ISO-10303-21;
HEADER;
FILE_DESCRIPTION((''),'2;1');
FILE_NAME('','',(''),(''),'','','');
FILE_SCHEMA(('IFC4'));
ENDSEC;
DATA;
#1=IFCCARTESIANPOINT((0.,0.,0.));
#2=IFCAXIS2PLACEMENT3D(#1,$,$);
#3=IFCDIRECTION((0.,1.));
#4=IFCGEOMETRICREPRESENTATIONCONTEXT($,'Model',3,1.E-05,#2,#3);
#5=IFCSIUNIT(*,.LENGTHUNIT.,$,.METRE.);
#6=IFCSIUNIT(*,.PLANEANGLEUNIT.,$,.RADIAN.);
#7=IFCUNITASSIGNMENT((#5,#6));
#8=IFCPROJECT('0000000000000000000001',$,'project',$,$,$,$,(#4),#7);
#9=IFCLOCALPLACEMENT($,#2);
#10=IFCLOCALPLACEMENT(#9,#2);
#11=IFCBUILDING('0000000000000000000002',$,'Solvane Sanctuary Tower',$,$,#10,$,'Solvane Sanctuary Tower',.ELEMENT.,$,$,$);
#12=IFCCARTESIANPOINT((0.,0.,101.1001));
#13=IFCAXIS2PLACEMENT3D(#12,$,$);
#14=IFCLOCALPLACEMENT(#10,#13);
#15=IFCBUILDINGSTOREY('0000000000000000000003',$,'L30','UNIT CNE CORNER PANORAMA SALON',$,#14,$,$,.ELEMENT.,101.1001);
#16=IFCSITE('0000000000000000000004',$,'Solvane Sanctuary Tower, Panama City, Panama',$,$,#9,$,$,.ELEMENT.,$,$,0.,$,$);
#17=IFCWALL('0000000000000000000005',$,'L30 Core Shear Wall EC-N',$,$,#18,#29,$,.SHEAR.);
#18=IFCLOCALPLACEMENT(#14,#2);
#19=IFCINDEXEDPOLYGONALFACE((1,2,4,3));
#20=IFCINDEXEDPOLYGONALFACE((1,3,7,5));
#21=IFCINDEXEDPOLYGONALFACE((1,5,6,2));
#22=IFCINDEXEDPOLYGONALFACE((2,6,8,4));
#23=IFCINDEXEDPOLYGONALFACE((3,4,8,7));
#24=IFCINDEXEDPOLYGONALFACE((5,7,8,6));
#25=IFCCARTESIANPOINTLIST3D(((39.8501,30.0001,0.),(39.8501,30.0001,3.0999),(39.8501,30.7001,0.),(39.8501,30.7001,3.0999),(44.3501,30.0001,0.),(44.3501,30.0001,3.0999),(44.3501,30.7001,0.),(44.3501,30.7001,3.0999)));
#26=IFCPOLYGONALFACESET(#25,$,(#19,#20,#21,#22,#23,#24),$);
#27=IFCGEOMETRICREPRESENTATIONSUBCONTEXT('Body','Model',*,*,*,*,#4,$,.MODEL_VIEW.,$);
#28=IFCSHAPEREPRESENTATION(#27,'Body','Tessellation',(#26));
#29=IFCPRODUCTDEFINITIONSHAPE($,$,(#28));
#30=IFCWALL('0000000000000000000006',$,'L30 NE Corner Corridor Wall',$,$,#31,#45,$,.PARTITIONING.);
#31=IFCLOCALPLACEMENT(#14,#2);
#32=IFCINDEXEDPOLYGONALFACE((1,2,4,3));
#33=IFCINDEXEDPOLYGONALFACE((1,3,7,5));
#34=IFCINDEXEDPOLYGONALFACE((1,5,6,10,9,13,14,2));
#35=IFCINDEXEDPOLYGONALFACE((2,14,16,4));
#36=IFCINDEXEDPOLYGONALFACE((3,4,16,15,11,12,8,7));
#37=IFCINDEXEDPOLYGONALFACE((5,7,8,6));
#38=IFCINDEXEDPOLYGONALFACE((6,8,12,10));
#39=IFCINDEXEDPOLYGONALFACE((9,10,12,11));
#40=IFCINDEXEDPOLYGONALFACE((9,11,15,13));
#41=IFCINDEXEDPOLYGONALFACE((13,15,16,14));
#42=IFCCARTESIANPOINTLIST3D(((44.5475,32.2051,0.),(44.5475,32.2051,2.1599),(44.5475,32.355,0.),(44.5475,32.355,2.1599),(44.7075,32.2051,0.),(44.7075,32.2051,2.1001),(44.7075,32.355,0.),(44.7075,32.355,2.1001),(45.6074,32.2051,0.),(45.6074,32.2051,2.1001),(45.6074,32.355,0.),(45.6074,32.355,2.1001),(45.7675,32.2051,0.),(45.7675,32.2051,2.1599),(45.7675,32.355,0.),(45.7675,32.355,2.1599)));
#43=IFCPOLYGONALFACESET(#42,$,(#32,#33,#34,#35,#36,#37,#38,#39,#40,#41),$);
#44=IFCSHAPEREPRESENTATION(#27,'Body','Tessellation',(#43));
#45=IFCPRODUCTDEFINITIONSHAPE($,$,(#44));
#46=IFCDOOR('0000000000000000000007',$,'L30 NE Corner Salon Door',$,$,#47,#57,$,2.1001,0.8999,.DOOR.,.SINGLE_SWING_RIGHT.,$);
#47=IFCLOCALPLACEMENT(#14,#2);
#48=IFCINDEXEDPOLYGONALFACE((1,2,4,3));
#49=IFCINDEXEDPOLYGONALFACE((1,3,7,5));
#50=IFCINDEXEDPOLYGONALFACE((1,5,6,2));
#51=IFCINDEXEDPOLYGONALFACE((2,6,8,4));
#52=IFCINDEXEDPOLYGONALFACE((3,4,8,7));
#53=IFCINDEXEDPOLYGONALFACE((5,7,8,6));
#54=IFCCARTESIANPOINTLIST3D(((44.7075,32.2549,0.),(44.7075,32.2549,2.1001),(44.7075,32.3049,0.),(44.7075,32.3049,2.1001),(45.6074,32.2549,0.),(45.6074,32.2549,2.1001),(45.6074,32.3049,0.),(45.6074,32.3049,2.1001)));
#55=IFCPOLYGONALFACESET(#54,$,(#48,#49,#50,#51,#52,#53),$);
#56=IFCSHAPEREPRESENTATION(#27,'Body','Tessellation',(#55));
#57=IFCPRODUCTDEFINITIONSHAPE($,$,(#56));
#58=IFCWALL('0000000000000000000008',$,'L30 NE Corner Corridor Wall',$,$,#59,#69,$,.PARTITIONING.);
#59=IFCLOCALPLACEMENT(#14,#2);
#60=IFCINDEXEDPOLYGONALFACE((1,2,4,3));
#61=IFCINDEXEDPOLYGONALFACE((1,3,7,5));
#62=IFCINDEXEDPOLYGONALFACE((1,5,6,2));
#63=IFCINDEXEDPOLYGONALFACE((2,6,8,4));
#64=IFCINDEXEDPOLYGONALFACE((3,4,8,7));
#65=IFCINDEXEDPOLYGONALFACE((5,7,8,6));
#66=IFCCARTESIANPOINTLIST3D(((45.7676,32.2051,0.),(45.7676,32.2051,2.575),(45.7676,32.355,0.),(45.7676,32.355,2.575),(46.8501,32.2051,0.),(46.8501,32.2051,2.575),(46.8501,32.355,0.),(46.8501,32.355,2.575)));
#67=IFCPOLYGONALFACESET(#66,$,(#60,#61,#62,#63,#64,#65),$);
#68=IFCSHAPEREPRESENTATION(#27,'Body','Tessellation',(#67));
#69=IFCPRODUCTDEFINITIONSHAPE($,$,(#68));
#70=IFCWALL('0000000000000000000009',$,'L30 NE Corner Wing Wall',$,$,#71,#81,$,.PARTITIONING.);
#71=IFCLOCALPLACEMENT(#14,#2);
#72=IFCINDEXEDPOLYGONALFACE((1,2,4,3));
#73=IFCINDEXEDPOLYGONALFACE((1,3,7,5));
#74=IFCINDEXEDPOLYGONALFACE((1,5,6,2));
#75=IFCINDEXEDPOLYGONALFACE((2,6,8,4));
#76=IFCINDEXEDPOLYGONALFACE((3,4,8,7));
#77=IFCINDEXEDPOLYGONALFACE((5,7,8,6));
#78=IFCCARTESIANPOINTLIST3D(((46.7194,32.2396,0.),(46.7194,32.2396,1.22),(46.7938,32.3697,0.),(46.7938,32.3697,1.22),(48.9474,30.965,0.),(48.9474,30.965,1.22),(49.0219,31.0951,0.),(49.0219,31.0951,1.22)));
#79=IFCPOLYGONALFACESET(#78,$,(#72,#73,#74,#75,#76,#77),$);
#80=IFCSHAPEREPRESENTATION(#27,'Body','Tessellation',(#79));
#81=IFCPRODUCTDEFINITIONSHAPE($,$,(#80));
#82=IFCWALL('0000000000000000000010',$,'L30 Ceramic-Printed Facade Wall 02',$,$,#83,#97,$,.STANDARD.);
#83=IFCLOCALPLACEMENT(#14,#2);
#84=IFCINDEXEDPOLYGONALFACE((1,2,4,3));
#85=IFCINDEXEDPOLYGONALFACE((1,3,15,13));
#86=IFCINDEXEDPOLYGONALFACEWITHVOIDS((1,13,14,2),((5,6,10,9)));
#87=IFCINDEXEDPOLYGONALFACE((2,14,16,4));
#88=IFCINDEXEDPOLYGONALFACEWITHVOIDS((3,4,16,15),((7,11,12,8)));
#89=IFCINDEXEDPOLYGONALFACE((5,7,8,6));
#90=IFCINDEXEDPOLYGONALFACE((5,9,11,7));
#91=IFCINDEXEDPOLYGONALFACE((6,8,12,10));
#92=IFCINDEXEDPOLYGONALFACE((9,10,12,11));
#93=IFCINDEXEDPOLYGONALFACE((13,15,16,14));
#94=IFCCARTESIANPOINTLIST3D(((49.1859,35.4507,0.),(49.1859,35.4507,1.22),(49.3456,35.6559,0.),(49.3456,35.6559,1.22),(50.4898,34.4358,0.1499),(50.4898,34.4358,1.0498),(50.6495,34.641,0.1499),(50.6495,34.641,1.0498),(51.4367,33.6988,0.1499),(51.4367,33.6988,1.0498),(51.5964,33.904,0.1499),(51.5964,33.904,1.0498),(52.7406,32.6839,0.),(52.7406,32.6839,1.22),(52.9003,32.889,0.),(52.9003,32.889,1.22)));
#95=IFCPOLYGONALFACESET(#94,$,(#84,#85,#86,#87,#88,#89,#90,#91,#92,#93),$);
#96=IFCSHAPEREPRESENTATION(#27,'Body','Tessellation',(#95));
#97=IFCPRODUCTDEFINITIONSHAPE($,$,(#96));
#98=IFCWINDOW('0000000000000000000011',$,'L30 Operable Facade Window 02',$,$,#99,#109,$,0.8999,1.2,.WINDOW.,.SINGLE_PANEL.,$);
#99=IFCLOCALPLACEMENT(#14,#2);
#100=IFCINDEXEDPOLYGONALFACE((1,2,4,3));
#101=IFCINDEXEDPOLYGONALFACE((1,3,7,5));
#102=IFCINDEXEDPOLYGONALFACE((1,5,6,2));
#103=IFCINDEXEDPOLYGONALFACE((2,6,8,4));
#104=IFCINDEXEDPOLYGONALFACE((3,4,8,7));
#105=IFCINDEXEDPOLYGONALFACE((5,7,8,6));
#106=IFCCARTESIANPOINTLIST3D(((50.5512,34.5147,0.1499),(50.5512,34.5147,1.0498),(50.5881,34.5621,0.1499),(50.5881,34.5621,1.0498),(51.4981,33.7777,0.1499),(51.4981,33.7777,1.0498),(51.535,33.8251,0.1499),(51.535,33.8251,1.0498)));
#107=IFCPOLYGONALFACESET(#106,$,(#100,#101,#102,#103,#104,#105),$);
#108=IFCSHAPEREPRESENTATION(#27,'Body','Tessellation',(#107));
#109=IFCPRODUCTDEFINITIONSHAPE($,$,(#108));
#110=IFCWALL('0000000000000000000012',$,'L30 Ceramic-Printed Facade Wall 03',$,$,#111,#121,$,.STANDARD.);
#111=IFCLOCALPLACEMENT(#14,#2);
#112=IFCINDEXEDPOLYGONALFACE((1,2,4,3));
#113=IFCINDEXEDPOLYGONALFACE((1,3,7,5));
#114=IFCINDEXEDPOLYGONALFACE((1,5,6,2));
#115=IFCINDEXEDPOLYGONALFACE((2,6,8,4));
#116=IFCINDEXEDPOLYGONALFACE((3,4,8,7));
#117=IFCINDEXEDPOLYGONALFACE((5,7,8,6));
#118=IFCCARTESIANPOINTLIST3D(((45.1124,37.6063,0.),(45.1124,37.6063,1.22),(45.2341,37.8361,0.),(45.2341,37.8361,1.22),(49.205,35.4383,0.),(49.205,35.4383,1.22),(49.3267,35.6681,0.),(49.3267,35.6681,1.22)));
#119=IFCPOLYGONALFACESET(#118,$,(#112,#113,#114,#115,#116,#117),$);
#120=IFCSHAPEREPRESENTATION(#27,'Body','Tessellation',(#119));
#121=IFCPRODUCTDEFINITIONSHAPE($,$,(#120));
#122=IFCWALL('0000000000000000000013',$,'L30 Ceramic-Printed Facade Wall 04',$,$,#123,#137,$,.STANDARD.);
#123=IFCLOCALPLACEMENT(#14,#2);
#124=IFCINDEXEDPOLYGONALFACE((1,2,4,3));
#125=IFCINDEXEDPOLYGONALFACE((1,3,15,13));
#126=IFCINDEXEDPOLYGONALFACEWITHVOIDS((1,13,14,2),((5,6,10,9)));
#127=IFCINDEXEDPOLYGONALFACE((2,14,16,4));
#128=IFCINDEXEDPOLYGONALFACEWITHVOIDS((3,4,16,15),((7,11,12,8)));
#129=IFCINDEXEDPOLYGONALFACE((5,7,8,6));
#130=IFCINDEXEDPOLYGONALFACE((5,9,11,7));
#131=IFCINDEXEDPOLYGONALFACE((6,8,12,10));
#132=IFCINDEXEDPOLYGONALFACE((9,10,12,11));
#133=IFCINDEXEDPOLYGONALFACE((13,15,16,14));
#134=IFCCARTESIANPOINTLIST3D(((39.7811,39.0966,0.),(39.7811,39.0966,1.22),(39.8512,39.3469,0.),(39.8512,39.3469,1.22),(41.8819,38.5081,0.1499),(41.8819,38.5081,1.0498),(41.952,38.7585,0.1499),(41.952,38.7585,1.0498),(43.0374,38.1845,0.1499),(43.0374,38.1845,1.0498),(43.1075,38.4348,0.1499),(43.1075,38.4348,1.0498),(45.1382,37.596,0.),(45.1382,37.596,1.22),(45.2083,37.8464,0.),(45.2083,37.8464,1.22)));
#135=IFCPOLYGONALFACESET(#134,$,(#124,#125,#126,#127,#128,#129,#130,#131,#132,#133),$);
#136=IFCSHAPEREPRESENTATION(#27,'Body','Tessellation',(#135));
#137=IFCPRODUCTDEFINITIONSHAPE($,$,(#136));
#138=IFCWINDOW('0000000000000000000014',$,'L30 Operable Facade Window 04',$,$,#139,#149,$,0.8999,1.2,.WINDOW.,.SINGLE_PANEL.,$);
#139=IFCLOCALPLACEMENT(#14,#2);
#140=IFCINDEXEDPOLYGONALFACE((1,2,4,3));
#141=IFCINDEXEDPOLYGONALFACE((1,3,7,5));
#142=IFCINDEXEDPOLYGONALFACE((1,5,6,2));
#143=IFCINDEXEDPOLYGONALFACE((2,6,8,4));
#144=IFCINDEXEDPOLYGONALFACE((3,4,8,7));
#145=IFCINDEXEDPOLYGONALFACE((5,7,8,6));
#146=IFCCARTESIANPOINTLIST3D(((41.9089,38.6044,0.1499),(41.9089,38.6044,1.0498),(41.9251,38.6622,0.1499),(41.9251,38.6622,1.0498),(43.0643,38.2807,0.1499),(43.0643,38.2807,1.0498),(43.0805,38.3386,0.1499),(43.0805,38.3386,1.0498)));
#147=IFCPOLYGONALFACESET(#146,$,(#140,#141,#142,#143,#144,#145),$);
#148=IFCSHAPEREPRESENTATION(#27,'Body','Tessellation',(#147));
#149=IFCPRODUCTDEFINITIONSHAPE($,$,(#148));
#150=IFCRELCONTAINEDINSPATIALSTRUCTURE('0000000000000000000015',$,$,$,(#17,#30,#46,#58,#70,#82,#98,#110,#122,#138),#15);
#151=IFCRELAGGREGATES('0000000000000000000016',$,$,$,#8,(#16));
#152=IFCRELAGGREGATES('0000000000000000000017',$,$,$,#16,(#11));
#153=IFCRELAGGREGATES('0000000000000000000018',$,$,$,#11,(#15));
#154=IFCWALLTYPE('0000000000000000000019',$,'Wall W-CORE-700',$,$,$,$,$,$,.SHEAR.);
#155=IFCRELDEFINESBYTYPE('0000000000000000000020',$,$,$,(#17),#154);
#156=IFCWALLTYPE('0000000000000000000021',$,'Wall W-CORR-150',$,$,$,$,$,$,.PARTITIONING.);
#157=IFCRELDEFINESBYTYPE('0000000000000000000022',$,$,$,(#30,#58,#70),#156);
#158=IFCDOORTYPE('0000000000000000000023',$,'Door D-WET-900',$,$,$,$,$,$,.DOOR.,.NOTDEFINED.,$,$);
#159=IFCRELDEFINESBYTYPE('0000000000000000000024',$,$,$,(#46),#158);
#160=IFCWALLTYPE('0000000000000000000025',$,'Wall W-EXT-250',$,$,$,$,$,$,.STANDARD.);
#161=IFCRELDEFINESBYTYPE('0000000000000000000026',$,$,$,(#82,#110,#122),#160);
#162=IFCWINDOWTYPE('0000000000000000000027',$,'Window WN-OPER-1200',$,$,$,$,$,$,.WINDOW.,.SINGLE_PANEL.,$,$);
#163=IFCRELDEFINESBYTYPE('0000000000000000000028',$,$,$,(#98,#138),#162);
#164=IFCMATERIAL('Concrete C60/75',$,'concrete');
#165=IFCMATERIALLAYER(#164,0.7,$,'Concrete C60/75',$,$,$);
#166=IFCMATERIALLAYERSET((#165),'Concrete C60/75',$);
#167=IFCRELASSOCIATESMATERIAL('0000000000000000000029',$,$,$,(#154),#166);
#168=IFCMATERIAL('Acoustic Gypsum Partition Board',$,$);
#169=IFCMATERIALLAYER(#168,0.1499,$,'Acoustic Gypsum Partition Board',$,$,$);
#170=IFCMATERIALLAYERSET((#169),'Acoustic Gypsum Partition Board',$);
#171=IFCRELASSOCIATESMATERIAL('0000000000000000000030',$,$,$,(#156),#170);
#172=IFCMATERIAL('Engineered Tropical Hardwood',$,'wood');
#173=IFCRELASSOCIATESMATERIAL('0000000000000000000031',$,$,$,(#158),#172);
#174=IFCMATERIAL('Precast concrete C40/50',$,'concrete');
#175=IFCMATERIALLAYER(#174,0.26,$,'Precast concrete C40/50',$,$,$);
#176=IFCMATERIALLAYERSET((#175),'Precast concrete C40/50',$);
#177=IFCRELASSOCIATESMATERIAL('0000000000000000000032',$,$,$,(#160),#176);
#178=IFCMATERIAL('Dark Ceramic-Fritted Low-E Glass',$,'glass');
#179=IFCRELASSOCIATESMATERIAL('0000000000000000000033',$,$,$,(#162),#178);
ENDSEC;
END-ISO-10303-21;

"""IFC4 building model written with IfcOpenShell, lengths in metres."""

from ifc_helpers import new_model, si_unit, direction, frame, frame_2d, origin, place, context, subcontext, project, spatial, rectangle, extrude, material, layer, layer_set, type_object, element, fill, save


model = new_model("IFC4")

# Units and contexts
model_context = context("Model", 3, precision=1e-05, world=origin(), true_north=direction((0.0, 1.0)))
body_context = subcontext(model_context, "Body", "Model", "MODEL_VIEW")
ifc_project = project(units=[si_unit("LENGTHUNIT", "METRE"), si_unit("PLANEANGLEUNIT", "RADIAN")], contexts=[model_context])

# Site, building, storey
site_placement = place(None, origin())
site = spatial("IfcSite", under=ifc_project, at=site_placement, Name="Solvane Sanctuary Tower, Panama City, Panama", CompositionType="ELEMENT", RefElevation=0.0)
building_placement = place(site_placement, origin())
building = spatial("IfcBuilding", under=site, at=building_placement, Name="Solvane Sanctuary Tower", LongName="Solvane Sanctuary Tower", CompositionType="ELEMENT")
storey_placement = place(building_placement, frame((0.0, 0.0, 101.1001)))
storey = spatial("IfcBuildingStorey", under=building, at=storey_placement, Name="L30", Description="UNIT CNE CORNER PANORAMA SALON", CompositionType="ELEMENT", Elevation=101.1001)

# Shared definitions
ifc_material_1 = material(Name="Concrete C60/75", Category="concrete")

# Wall
ifc_layer_1 = layer(ifc_material_1, 0.7, Name="Concrete C60/75")
ifc_layer_set_1 = layer_set([ifc_layer_1], Name="Concrete C60/75")
wall_type_1 = type_object("IfcWallType", Name="Wall W-CORE-700", PredefinedType="SHEAR", material=ifc_layer_set_1)
wall_1_placement = place(storey_placement, frame((39.8501, 30.3501, 0.0), z_axis=(0.0, 0.0, 1.0), x_axis=(1.0, 0.0, 0.0)))
element("IfcWall", 1, at=wall_1_placement, inside=storey, type_object=wall_type_1, Name="L30 Core Shear Wall EC-N", PredefinedType="SHEAR", context=body_context, shape_type="SweptSolid", body=[
    extrude(rectangle(XDim=4.5, YDim=0.7, at=frame_2d((2.25, 0.0))), origin(), (0.0, 0.0, 1.0), 3.0999),
])

# Wall, opening, door
ifc_material_2 = material(Name="Acoustic Gypsum Partition Board")
ifc_layer_2 = layer(ifc_material_2, 0.1499, Name="Acoustic Gypsum Partition Board")
ifc_layer_set_2 = layer_set([ifc_layer_2], Name="Acoustic Gypsum Partition Board")
wall_type_2 = type_object("IfcWallType", Name="Wall W-CORR-150", PredefinedType="PARTITIONING", material=ifc_layer_set_2)
wall_2_placement = place(storey_placement, frame((44.5476, 32.28, 0.0), z_axis=(0.0, 0.0, 1.0), x_axis=(1.0, 0.0, 0.0)))
wall_2 = element("IfcWall", 2, at=wall_2_placement, inside=storey, type_object=wall_type_2, Name="L30 NE Corner Corridor Wall", PredefinedType="PARTITIONING", context=body_context, shape_type="SweptSolid", body=[
    extrude(rectangle(XDim=1.22, YDim=0.1499, at=frame_2d((0.6099, 0.0))), origin(), (0.0, 0.0, 1.0), 2.1599),
])
opening_1_placement = place(wall_2_placement, frame((0.1599, 0.0, 0.0)))
opening_1 = element("IfcOpeningElement", 3, at=opening_1_placement, cuts=wall_2, PredefinedType="OPENING", context=body_context, shape_type="SweptSolid", body=[
    extrude(rectangle(XDim=0.8999, YDim=2.1001, at=frame_2d((0.45, 1.05))), frame((0.0, 0.085, 0.0), z_axis=(0.0, -1.0, 0.0), x_axis=(1.0, 0.0, 0.0)), (0.0, 0.0, 1.0), 0.1699),
])
ifc_material_3 = material(Name="Engineered Tropical Hardwood", Category="wood")
door_type = type_object("IfcDoorType", Name="Door D-WET-900", OperationType="NOTDEFINED", PredefinedType="DOOR", material=ifc_material_3)
door_placement = place(opening_1_placement, origin())
door = element("IfcDoor", 4, at=door_placement, inside=storey, type_object=door_type, Name="L30 NE Corner Salon Door", OperationType="SINGLE_SWING_RIGHT", OverallHeight=2.1001, OverallWidth=0.8999, PredefinedType="DOOR", context=body_context, shape_type="SweptSolid", body=[
    extrude(rectangle(XDim=0.8999, YDim=2.1001, at=frame_2d((0.45, 1.05))), frame((0.0, 0.0249, 0.0), z_axis=(0.0, -1.0, 0.0), x_axis=(1.0, 0.0, 0.0)), (0.0, 0.0, 1.0), 0.05),
])
fill(opening_1, door)

# Walls
wall_3_placement = place(storey_placement, frame((45.7676, 32.28, 0.0), z_axis=(0.0, 0.0, 1.0), x_axis=(1.0, 0.0, 0.0)))
element("IfcWall", 5, at=wall_3_placement, inside=storey, type_object=wall_type_2, Name="L30 NE Corner Corridor Wall", PredefinedType="PARTITIONING", context=body_context, shape_type="SweptSolid", body=[
    extrude(rectangle(XDim=1.0825, YDim=0.1499, at=frame_2d((0.5413, 0.0))), origin(), (0.0, 0.0, 1.0), 2.575),
])
wall_4_placement = place(storey_placement, frame((46.7566, 32.3047, 0.0), z_axis=(0.0, 0.0, 1.0), x_axis=(0.867991, -0.496579, 0.0)))
element("IfcWall", 6, at=wall_4_placement, inside=storey, type_object=wall_type_2, Name="L30 NE Corner Wing Wall", PredefinedType="PARTITIONING", context=body_context, shape_type="SweptSolid", body=[
    extrude(rectangle(XDim=2.5669, YDim=0.1499, at=frame_2d((1.2834, 0.0))), origin(), (0.0, 0.0, 1.0), 1.22),
])

# Wall, opening, window
ifc_material_4 = material(Name="Precast concrete C40/50", Category="concrete")
ifc_layer_3 = layer(ifc_material_4, 0.26, Name="Precast concrete C40/50")
ifc_layer_set_3 = layer_set([ifc_layer_3], Name="Precast concrete C40/50")
wall_type_3 = type_object("IfcWallType", Name="Wall W-EXT-250", PredefinedType="STANDARD", material=ifc_layer_set_3)
wall_5_placement = place(storey_placement, frame((52.8206, 32.7864, 0.0), z_axis=(0.0, 0.0, 1.0), x_axis=(-0.789127, 0.614229, 0.0)))
wall_5 = element("IfcWall", 7, at=wall_5_placement, inside=storey, type_object=wall_type_3, Name="L30 Ceramic-Printed Facade Wall 02", PredefinedType="STANDARD", context=body_context, shape_type="SweptSolid", body=[
    extrude(rectangle(XDim=4.5046, YDim=0.26, at=frame_2d((2.2524, 0.0))), origin(), (0.0, 0.0, 1.0), 1.22),
])
opening_2_placement = place(wall_5_placement, frame((1.6523, 0.0, 0.1499)))
opening_2 = element("IfcOpeningElement", 8, at=opening_2_placement, cuts=wall_5, PredefinedType="OPENING", context=body_context, shape_type="SweptSolid", body=[
    extrude(rectangle(XDim=1.2, YDim=0.8999, at=frame_2d((0.6001, 0.45))), frame((0.0, 0.1399, 0.0), z_axis=(0.0, -1.0, 0.0), x_axis=(1.0, 0.0, 0.0)), (0.0, 0.0, 1.0), 0.28),
])
ifc_material_5 = material(Name="Dark Ceramic-Fritted Low-E Glass", Category="glass")
window_type = type_object("IfcWindowType", Name="Window WN-OPER-1200", PartitioningType="SINGLE_PANEL", PredefinedType="WINDOW", material=ifc_material_5)
window_1_placement = place(opening_2_placement, origin())
window_1 = element("IfcWindow", 9, at=window_1_placement, inside=storey, type_object=window_type, Name="L30 Operable Facade Window 02", OverallHeight=0.8999, OverallWidth=1.2, PartitioningType="SINGLE_PANEL", PredefinedType="WINDOW", context=body_context, shape_type="SweptSolid", body=[
    extrude(rectangle(XDim=1.2, YDim=0.8999, at=frame_2d((0.6001, 0.45))), frame((0.0, 0.03, 0.0), z_axis=(0.0, -1.0, 0.0), x_axis=(1.0, 0.0, 0.0)), (0.0, 0.0, 1.0), 0.0601),
])
fill(opening_2, window_1)

# Wall
wall_6_placement = place(storey_placement, frame((49.2659, 35.5532, 0.0), z_axis=(0.0, 0.0, 1.0), x_axis=(-0.883669, 0.468113, 0.0)))
element("IfcWall", 10, at=wall_6_placement, inside=storey, type_object=wall_type_3, Name="L30 Ceramic-Printed Facade Wall 03", PredefinedType="STANDARD", context=body_context, shape_type="SweptSolid", body=[
    extrude(rectangle(XDim=4.6313, YDim=0.26, at=frame_2d((2.3157, 0.0))), origin(), (0.0, 0.0, 1.0), 1.22),
])

# Wall, opening, window
wall_7_placement = place(storey_placement, frame((45.1733, 37.7212, 0.0), z_axis=(0.0, 0.0, 1.0), x_axis=(-0.962938, 0.269721, 0.0)))
wall_7 = element("IfcWall", 11, at=wall_7_placement, inside=storey, type_object=wall_type_3, Name="L30 Ceramic-Printed Facade Wall 04", PredefinedType="STANDARD", context=body_context, shape_type="SweptSolid", body=[
    extrude(rectangle(XDim=5.5632, YDim=0.26, at=frame_2d((2.7817, 0.0))), origin(), (0.0, 0.0, 1.0), 1.22),
])
opening_3_placement = place(wall_7_placement, frame((2.1816, 0.0, 0.1499)))
opening_3 = element("IfcOpeningElement", 12, at=opening_3_placement, cuts=wall_7, PredefinedType="OPENING", context=body_context, shape_type="SweptSolid", body=[
    extrude(rectangle(XDim=1.2, YDim=0.8999, at=frame_2d((0.6001, 0.45))), frame((0.0, 0.1399, 0.0), z_axis=(0.0, -1.0, 0.0), x_axis=(1.0, 0.0, 0.0)), (0.0, 0.0, 1.0), 0.28),
])
window_2_placement = place(opening_3_placement, origin())
window_2 = element("IfcWindow", 13, at=window_2_placement, inside=storey, type_object=window_type, Name="L30 Operable Facade Window 04", OverallHeight=0.8999, OverallWidth=1.2, PartitioningType="SINGLE_PANEL", PredefinedType="WINDOW", context=body_context, shape_type="SweptSolid", body=[
    extrude(rectangle(XDim=1.2, YDim=0.8999, at=frame_2d((0.6001, 0.45))), frame((0.0, 0.03, 0.0), z_axis=(0.0, -1.0, 0.0), x_axis=(1.0, 0.0, 0.0)), (0.0, 0.0, 1.0), 0.0601),
])
fill(opening_3, window_2)

save(model, "model.ifc")
